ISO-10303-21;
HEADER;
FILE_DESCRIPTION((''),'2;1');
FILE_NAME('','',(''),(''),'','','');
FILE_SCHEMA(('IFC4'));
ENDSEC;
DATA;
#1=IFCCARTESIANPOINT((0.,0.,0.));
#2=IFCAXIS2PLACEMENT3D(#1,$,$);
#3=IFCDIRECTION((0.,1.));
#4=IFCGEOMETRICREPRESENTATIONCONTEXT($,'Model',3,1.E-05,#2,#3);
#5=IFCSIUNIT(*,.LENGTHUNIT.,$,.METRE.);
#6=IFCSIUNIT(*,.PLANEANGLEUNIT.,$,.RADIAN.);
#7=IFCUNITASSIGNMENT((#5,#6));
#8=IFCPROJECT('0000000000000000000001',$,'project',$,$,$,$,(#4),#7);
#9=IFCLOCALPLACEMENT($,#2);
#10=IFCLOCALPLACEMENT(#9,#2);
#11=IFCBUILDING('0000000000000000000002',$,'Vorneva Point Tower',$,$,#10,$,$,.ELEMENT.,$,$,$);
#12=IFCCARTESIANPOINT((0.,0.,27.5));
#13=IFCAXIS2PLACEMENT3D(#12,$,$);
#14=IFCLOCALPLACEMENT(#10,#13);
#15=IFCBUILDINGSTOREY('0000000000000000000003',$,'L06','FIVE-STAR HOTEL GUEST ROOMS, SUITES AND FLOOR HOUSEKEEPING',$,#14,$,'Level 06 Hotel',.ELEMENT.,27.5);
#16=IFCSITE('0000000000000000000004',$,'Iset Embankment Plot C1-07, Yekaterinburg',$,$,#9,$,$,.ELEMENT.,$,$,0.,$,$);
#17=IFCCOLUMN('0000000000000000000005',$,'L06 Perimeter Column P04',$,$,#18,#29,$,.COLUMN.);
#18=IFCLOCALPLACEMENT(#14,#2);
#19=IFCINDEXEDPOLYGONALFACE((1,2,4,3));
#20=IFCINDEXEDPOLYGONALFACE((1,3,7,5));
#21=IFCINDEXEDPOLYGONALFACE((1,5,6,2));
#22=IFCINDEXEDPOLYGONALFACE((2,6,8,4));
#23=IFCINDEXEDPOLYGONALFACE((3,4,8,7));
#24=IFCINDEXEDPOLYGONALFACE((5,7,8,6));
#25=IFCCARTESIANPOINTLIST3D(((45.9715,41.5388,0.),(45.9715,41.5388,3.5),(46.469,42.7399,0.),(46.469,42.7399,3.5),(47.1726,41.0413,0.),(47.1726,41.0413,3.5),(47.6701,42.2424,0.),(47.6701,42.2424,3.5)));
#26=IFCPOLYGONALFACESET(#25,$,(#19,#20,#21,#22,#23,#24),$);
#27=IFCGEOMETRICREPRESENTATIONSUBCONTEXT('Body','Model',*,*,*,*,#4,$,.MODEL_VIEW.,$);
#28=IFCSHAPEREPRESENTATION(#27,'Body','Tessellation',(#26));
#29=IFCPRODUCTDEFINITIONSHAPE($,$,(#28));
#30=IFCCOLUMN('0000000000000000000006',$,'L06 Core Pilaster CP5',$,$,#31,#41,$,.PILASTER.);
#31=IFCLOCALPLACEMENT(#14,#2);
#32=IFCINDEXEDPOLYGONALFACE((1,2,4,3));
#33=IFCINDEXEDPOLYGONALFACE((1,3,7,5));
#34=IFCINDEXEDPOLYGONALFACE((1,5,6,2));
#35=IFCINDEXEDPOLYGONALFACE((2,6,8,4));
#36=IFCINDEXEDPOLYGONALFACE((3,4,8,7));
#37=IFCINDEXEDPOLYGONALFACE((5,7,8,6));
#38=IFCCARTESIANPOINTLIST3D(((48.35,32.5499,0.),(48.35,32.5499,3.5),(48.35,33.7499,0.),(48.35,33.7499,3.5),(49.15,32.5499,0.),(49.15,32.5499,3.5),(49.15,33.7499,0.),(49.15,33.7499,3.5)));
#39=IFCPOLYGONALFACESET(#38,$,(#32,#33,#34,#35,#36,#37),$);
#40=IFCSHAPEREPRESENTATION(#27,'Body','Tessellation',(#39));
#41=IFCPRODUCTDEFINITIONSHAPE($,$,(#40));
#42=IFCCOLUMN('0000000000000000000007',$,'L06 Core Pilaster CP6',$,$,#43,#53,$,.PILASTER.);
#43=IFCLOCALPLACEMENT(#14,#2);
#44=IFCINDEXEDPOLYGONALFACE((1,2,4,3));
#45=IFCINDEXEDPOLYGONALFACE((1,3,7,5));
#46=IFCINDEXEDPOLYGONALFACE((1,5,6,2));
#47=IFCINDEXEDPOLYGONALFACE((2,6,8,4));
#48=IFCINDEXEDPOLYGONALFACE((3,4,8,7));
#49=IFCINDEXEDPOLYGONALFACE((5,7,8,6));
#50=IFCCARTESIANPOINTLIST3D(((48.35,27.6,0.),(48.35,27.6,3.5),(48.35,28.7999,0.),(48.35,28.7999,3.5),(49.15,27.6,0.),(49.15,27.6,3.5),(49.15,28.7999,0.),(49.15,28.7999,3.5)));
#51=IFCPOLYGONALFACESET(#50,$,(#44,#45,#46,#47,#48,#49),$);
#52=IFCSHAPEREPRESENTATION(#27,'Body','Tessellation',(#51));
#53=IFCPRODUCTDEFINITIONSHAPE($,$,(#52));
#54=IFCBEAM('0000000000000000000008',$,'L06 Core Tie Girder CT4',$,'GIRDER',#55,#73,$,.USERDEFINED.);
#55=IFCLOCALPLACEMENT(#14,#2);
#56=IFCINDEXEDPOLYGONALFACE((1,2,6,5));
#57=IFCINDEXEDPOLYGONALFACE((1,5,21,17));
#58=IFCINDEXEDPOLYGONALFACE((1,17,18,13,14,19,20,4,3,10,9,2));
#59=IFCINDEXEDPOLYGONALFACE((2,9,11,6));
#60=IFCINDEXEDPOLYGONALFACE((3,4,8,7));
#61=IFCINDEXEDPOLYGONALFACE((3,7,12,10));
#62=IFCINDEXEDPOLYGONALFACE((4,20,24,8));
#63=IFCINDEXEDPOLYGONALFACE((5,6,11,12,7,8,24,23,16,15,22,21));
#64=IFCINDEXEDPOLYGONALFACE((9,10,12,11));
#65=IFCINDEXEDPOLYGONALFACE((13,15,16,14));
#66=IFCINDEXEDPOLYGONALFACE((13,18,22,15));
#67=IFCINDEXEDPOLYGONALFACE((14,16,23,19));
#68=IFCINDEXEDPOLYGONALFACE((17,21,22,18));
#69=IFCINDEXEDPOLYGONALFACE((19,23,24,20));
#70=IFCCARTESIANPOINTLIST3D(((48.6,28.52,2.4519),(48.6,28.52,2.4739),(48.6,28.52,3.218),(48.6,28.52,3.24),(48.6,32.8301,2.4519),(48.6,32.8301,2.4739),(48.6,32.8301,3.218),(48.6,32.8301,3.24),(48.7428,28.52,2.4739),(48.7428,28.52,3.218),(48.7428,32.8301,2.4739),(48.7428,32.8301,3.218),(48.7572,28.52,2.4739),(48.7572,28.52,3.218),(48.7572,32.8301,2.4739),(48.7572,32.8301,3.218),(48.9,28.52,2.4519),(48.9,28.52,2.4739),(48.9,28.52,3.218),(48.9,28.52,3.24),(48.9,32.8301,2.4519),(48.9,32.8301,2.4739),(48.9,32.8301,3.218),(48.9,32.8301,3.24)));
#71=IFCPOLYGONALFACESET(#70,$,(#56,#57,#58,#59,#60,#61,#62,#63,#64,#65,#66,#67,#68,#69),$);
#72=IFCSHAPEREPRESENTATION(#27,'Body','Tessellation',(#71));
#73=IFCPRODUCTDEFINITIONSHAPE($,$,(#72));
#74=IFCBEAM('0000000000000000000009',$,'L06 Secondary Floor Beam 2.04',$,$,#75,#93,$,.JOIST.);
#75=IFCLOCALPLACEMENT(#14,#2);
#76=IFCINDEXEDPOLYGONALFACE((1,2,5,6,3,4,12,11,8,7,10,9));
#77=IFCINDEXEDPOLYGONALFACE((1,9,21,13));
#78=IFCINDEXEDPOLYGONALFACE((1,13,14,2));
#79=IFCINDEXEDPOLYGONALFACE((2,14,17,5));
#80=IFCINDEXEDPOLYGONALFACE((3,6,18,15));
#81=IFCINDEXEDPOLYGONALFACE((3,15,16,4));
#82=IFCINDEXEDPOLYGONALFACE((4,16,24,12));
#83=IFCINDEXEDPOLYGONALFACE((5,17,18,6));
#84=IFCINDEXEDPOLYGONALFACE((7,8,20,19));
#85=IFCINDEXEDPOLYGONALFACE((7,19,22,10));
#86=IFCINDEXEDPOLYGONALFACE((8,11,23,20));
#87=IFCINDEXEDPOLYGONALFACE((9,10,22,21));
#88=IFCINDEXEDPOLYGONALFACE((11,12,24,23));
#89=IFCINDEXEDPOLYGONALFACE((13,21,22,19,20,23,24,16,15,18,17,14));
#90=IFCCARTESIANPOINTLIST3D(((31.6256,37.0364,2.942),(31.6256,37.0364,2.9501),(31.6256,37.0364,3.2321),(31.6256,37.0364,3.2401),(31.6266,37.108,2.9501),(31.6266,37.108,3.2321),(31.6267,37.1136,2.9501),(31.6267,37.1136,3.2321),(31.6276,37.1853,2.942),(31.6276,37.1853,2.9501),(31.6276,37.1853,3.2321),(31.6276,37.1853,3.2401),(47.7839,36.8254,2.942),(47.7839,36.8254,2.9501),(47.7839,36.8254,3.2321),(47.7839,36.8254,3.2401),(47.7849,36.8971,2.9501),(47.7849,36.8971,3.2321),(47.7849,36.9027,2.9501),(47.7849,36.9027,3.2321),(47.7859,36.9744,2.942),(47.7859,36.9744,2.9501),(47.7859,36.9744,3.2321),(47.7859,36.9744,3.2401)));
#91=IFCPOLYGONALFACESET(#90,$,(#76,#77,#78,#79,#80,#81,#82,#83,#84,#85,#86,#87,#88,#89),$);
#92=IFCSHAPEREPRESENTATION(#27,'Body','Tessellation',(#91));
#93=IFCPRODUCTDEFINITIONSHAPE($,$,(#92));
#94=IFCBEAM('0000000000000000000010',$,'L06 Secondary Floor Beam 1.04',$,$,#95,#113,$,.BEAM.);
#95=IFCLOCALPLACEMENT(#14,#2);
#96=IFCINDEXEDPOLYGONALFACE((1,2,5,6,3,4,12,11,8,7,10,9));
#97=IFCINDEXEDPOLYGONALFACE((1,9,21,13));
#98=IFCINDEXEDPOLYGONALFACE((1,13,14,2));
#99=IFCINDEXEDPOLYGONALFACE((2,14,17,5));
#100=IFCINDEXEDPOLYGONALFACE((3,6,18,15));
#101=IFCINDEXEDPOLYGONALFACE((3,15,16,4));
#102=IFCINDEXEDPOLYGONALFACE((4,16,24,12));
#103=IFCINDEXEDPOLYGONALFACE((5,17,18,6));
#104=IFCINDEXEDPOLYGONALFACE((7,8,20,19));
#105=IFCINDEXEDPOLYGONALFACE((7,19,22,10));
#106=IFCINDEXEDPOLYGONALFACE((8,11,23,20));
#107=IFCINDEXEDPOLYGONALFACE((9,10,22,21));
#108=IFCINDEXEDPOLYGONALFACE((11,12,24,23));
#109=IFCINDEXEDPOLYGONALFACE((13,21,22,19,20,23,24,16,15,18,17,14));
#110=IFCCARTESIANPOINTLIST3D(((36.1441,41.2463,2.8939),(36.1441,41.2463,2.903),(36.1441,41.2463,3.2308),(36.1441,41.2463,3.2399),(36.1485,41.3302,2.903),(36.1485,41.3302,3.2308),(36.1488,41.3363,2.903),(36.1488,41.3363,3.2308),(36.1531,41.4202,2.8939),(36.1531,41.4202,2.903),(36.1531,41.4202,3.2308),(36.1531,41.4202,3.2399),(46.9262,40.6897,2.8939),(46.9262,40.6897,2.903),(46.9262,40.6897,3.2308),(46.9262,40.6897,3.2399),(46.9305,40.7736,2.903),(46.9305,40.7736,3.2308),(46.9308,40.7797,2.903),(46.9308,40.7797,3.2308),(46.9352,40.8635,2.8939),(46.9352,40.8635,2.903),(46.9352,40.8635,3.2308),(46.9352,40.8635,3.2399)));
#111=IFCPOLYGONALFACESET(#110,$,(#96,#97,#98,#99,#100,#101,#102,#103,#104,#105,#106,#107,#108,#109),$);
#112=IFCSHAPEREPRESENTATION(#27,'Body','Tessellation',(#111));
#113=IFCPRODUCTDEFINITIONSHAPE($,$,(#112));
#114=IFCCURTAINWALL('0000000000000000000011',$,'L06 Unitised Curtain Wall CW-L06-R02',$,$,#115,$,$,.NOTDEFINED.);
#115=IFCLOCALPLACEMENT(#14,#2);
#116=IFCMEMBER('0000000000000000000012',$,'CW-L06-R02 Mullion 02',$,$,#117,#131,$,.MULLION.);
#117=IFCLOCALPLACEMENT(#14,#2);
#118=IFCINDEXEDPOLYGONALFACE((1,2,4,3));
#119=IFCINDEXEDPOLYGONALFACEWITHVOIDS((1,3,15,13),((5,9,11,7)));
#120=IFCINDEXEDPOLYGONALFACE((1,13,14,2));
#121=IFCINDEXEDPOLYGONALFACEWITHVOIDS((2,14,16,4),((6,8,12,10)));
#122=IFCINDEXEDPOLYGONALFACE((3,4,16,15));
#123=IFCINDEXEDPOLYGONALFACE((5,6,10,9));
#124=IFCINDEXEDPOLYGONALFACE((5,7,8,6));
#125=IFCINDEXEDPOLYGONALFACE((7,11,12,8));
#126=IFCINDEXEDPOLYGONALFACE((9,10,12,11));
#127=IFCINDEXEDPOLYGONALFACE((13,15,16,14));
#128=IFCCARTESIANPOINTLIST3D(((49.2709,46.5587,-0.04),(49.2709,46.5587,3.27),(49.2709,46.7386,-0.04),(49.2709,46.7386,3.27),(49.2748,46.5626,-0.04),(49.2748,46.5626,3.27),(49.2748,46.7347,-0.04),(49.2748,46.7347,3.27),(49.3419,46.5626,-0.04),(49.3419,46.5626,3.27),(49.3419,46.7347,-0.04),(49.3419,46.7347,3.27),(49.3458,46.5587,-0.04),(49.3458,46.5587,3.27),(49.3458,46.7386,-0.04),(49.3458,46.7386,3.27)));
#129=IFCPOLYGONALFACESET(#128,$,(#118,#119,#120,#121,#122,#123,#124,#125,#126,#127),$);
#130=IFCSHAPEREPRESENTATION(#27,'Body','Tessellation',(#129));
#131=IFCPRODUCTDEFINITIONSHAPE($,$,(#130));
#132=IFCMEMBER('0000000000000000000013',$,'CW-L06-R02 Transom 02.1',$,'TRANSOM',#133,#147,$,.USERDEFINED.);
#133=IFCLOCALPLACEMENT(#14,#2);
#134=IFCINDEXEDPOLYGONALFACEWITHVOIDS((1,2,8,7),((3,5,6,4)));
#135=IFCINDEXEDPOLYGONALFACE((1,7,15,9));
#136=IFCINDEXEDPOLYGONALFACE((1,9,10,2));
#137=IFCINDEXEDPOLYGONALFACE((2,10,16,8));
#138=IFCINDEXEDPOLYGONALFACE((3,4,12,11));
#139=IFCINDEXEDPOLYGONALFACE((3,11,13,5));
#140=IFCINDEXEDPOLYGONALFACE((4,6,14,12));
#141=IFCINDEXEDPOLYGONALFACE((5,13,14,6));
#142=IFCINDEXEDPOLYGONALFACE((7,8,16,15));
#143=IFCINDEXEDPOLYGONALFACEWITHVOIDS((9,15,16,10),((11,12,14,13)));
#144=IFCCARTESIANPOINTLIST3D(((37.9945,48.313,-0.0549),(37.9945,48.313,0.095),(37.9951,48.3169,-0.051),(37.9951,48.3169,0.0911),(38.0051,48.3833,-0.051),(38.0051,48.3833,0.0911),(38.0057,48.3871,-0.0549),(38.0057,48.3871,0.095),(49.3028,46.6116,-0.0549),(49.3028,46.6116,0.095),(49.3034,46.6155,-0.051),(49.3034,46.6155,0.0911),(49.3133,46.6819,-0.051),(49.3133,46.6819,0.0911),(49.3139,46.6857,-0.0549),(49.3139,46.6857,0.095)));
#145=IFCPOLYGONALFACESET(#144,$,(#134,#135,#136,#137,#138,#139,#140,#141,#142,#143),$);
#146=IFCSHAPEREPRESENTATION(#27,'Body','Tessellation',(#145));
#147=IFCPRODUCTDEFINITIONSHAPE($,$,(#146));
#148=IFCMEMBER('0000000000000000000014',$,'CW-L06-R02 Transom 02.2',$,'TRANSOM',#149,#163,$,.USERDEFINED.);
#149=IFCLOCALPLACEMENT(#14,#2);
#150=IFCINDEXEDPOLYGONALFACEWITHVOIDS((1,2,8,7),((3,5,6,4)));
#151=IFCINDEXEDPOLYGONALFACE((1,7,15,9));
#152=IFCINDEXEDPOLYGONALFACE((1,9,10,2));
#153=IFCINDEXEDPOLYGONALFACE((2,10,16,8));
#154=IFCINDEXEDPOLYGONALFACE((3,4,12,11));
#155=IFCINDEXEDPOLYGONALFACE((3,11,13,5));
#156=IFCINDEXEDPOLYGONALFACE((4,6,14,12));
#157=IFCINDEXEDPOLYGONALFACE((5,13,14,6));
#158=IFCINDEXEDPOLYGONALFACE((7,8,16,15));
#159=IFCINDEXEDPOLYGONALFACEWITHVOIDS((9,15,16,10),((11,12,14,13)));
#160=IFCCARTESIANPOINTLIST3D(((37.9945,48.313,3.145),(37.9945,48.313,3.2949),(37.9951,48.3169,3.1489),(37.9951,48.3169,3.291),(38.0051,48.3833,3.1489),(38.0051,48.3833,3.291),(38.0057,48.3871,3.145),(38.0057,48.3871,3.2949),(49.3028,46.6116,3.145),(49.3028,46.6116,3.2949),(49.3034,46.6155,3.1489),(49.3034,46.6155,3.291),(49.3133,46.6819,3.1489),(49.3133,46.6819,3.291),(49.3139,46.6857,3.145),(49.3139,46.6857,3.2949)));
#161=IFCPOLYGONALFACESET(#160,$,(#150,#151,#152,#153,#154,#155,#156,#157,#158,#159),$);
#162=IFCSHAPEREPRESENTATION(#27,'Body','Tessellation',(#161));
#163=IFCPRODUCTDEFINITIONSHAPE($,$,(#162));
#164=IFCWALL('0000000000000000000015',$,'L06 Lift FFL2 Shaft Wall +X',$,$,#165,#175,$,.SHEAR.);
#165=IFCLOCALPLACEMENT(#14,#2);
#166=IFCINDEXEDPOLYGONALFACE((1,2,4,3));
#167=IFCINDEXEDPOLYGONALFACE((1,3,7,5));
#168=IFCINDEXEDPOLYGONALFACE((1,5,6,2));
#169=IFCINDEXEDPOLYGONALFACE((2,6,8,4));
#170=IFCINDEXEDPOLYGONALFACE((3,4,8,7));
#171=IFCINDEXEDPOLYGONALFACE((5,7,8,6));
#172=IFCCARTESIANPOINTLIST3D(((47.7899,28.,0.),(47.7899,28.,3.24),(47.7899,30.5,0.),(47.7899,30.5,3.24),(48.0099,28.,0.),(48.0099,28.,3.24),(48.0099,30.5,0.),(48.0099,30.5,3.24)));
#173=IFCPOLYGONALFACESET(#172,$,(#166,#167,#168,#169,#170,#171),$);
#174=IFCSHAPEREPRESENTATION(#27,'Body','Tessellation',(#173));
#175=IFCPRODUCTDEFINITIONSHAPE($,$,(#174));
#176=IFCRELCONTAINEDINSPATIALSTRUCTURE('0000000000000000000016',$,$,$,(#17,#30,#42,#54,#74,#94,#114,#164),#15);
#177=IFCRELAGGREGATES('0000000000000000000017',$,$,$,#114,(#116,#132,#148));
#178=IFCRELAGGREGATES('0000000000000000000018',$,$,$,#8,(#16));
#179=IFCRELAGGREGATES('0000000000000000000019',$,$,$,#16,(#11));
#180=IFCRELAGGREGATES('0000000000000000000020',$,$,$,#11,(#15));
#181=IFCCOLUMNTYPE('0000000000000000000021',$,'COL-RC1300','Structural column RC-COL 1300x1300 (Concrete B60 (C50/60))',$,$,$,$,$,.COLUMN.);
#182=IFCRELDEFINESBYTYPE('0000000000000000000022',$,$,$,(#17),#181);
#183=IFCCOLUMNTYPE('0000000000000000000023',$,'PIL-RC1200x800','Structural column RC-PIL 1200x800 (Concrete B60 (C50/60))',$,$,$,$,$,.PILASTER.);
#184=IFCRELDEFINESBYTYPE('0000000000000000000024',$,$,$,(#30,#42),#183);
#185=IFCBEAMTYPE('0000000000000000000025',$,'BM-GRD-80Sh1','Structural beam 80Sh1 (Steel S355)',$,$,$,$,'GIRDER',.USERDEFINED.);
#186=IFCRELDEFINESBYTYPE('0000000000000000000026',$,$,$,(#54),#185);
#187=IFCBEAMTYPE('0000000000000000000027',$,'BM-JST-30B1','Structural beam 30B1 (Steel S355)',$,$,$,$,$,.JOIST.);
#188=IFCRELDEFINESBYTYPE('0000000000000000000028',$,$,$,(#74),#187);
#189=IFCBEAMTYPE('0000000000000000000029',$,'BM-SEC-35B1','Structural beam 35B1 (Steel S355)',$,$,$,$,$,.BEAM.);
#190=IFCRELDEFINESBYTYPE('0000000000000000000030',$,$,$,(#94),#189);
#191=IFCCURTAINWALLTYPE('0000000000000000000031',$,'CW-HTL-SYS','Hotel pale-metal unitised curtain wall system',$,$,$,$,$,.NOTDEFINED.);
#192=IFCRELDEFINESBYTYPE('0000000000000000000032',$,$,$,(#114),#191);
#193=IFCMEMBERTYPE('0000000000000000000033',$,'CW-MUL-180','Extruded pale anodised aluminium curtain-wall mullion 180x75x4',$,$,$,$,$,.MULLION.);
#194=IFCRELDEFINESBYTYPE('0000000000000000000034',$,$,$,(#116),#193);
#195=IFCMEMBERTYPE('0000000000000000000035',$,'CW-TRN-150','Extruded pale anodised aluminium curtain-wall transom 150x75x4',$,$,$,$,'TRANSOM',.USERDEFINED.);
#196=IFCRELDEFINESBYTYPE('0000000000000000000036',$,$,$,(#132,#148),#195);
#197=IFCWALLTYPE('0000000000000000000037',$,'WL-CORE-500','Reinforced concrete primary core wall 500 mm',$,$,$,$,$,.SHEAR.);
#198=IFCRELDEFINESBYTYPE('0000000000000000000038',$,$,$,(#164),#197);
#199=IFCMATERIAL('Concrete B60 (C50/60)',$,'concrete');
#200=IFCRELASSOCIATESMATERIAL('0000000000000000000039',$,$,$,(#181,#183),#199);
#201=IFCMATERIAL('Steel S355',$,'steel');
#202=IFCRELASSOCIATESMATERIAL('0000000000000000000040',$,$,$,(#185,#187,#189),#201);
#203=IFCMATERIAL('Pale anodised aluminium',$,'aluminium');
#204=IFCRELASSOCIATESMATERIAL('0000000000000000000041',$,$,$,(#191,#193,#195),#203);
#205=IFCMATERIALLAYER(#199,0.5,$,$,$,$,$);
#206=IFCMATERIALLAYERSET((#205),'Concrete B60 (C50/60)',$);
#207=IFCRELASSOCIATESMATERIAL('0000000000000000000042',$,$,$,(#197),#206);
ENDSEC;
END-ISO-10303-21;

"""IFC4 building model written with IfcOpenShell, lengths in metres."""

from ifc_helpers import new_model, si_unit, direction, frame, frame_2d, origin, origin_2d, place, context, subcontext, project, spatial, rectangle, hollow_rectangle, i_section, extrude, material, layer, layer_set, material_profile, profile_set, type_object, element, aggregate, save


model = new_model("IFC4")

# Units and contexts
model_context = context("Model", 3, precision=1e-05, world=origin(), true_north=direction((0.0, 1.0)))
body_context = subcontext(model_context, "Body", "Model", "MODEL_VIEW")
ifc_project = project(units=[si_unit("LENGTHUNIT", "METRE"), si_unit("PLANEANGLEUNIT", "RADIAN")], contexts=[model_context])

# Site, building, storey
site_placement = place(None, origin())
site = spatial("IfcSite", under=ifc_project, at=site_placement, Name="Iset Embankment Plot C1-07, Yekaterinburg", CompositionType="ELEMENT", RefElevation=0.0)
building_placement = place(site_placement, origin())
building = spatial("IfcBuilding", under=site, at=building_placement, Name="Vorneva Point Tower", CompositionType="ELEMENT")
storey_placement = place(building_placement, frame((0.0, 0.0, 27.5)))
storey = spatial("IfcBuildingStorey", under=building, at=storey_placement, Name="L06", Description="FIVE-STAR HOTEL GUEST ROOMS, SUITES AND FLOOR HOUSEKEEPING", LongName="Level 06 Hotel", CompositionType="ELEMENT", Elevation=27.5)

# Columns
ifc_material_1 = material(Name="Concrete B60 (C50/60)", Category="concrete")
ifc_material_profile_1 = material_profile(ifc_material_1, rectangle(XDim=1.3, YDim=1.3, at=origin_2d()), Name="RC-COL 1300x1300")
ifc_profile_set_1 = profile_set([ifc_material_profile_1], Name="Concrete B60 (C50/60)")
column_type_1 = type_object("IfcColumnType", Name="COL-RC1300", Description="Structural column RC-COL 1300x1300 (Concrete B60 (C50/60))", PredefinedType="COLUMN", material=ifc_profile_set_1)
column_placement = place(storey_placement, frame((46.8208, 41.8906, 0.0), z_axis=(0.0, 0.0, 1.0), x_axis=(0.382683, 0.92388, 0.0)))
element("IfcColumn", 1, at=column_placement, inside=storey, type_object=column_type_1, Name="L06 Perimeter Column P04", PredefinedType="COLUMN", context=body_context, shape_type="SweptSolid", body=[
    extrude(rectangle(XDim=1.3, YDim=1.3, at=origin_2d()), origin(), (0.0, 0.0, 1.0), 3.5),
])
ifc_material_profile_2 = material_profile(ifc_material_1, rectangle(XDim=0.8, YDim=1.2, at=origin_2d()), Name="RC-PIL 1200x800")
ifc_profile_set_2 = profile_set([ifc_material_profile_2], Name="Concrete B60 (C50/60)")
column_type_2 = type_object("IfcColumnType", Name="PIL-RC1200x800", Description="Structural column RC-PIL 1200x800 (Concrete B60 (C50/60))", PredefinedType="PILASTER", material=ifc_profile_set_2)
for number, where, z_axis, x_axis, name in (
    (2, (48.75, 33.1499, 0.0), (0.0, 0.0, 1.0), (1.0, 0.0, 0.0), "L06 Core Pilaster CP5"),
    (3, (48.75, 28.2, 0.0), (0.0, 0.0, 1.0), (1.0, 0.0, 0.0), "L06 Core Pilaster CP6"),
):
    element("IfcColumn", number, at=place(storey_placement, frame(where, z_axis=z_axis, x_axis=x_axis)), inside=storey, type_object=column_type_2, Name=name, PredefinedType="PILASTER", context=body_context, shape_type="SweptSolid", body=[
        extrude(rectangle(XDim=0.8, YDim=1.2, at=origin_2d()), origin(), (0.0, 0.0, 1.0), 3.5),
    ])

# Beams
ifc_material_2 = material(Name="Steel S355", Category="steel")
ifc_material_profile_3 = material_profile(ifc_material_2, i_section(OverallWidth=0.3, OverallDepth=0.7881, WebThickness=0.0144, FlangeThickness=0.022, at=origin_2d()), Name="80Sh1")
ifc_profile_set_3 = profile_set([ifc_material_profile_3], Name="Steel S355")
beam_type_1 = type_object("IfcBeamType", Name="BM-GRD-80Sh1", Description="Structural beam 80Sh1 (Steel S355)", ElementType="GIRDER", PredefinedType="USERDEFINED", material=ifc_profile_set_3)
beam_1_placement = place(storey_placement, frame((48.75, 28.52, 2.8459), z_axis=(0.0, 1.0, 0.0), x_axis=(-1.0, 0.0, 0.0)))
element("IfcBeam", 4, at=beam_1_placement, inside=storey, type_object=beam_type_1, Name="L06 Core Tie Girder CT4", ObjectType="GIRDER", PredefinedType="USERDEFINED", context=body_context, shape_type="SweptSolid", body=[
    extrude(i_section(OverallWidth=0.3, OverallDepth=0.7881, WebThickness=0.0144, FlangeThickness=0.022, at=origin_2d()), origin(), (0.0, 0.0, 1.0), 4.3101),
])
ifc_material_profile_4 = material_profile(ifc_material_2, i_section(OverallWidth=0.1489, OverallDepth=0.2981, WebThickness=0.0056, FlangeThickness=0.0081, at=origin_2d()), Name="30B1")
ifc_profile_set_4 = profile_set([ifc_material_profile_4], Name="Steel S355")
beam_type_2 = type_object("IfcBeamType", Name="BM-JST-30B1", Description="Structural beam 30B1 (Steel S355)", PredefinedType="JOIST", material=ifc_profile_set_4)
beam_2_placement = place(storey_placement, frame((47.7849, 36.8999, 3.0911), z_axis=(-0.999915, 0.013053, 0.0), x_axis=(-0.013053, -0.999915, 0.0)))
element("IfcBeam", 5, at=beam_2_placement, inside=storey, type_object=beam_type_2, Name="L06 Secondary Floor Beam 2.04", PredefinedType="JOIST", context=body_context, shape_type="SweptSolid", body=[
    extrude(i_section(OverallWidth=0.1489, OverallDepth=0.2981, WebThickness=0.0056, FlangeThickness=0.0081, at=origin_2d()), origin(), (0.0, 0.0, 1.0), 16.1597),
])
ifc_material_profile_5 = material_profile(ifc_material_2, i_section(OverallWidth=0.1741, OverallDepth=0.3459, WebThickness=0.0061, FlangeThickness=0.009, at=origin_2d()), Name="35B1")
ifc_profile_set_5 = profile_set([ifc_material_profile_5], Name="Steel S355")
beam_type_3 = type_object("IfcBeamType", Name="BM-SEC-35B1", Description="Structural beam 35B1 (Steel S355)", PredefinedType="BEAM", material=ifc_profile_set_5)
beam_3_placement = place(storey_placement, frame((46.9307, 40.7766, 3.0669), z_axis=(-0.99867, 0.051558, 0.0), x_axis=(-0.051558, -0.99867, 0.0)))
element("IfcBeam", 6, at=beam_3_placement, inside=storey, type_object=beam_type_3, Name="L06 Secondary Floor Beam 1.04", PredefinedType="BEAM", context=body_context, shape_type="SweptSolid", body=[
    extrude(i_section(OverallWidth=0.1741, OverallDepth=0.3459, WebThickness=0.0061, FlangeThickness=0.009, at=origin_2d()), origin(), (0.0, 0.0, 1.0), 10.7964),
])

# Curtain wall, members
ifc_material_3 = material(Name="Pale anodised aluminium", Category="aluminium")
curtain_wall_type = type_object("IfcCurtainWallType", Name="CW-HTL-SYS", Description="Hotel pale-metal unitised curtain wall system", PredefinedType="NOTDEFINED", material=ifc_material_3)
curtain_wall_placement = place(storey_placement, origin())
curtain_wall = element("IfcCurtainWall", 7, at=curtain_wall_placement, inside=storey, type_object=curtain_wall_type, Name="L06 Unitised Curtain Wall CW-L06-R02", PredefinedType="NOTDEFINED")
ifc_material_profile_6 = material_profile(ifc_material_3, hollow_rectangle(XDim=0.075, YDim=0.1799, WallThickness=0.0039, at=origin_2d()), Name="AL-MUL 180x75x4")
ifc_profile_set_6 = profile_set([ifc_material_profile_6], Name="Pale anodised aluminium")
member_type_1 = type_object("IfcMemberType", Name="CW-MUL-180", Description="Extruded pale anodised aluminium curtain-wall mullion 180x75x4", PredefinedType="MULLION", material=ifc_profile_set_6)
member_1_placement = place(storey_placement, frame((49.3083, 46.6487, -0.04), z_axis=(0.0, 0.0, 1.0), x_axis=(1.0, 0.0, 0.0)))
member_1 = element("IfcMember", 8, at=member_1_placement, type_object=member_type_1, Name="CW-L06-R02 Mullion 02", PredefinedType="MULLION", context=body_context, shape_type="SweptSolid", body=[
    extrude(hollow_rectangle(XDim=0.075, YDim=0.1799, WallThickness=0.0039, at=origin_2d()), origin(), (0.0, 0.0, 1.0), 3.3101),
])
ifc_material_profile_7 = material_profile(ifc_material_3, hollow_rectangle(XDim=0.075, YDim=0.1499, WallThickness=0.0039, at=origin_2d()), Name="AL-TRN 150x75x4")
ifc_profile_set_7 = profile_set([ifc_material_profile_7], Name="Pale anodised aluminium")
member_type_2 = type_object("IfcMemberType", Name="CW-TRN-150", Description="Extruded pale anodised aluminium curtain-wall transom 150x75x4", ElementType="TRANSOM", PredefinedType="USERDEFINED", material=ifc_profile_set_7)
member_2_placement = place(storey_placement, frame((49.3083, 46.6487, 0.02), z_axis=(-0.98887, 0.148782, 0.0), x_axis=(-0.148782, -0.98887, 0.0)))
member_2 = element("IfcMember", 9, at=member_2_placement, type_object=member_type_2, Name="CW-L06-R02 Transom 02.1", ObjectType="TRANSOM", PredefinedType="USERDEFINED", context=body_context, shape_type="SweptSolid", body=[
    extrude(hollow_rectangle(XDim=0.075, YDim=0.1499, WallThickness=0.0039, at=origin_2d()), origin(), (0.0, 0.0, 1.0), 11.4355),
])
member_3_placement = place(storey_placement, frame((49.3083, 46.6487, 3.22), z_axis=(-0.98887, 0.148782, 0.0), x_axis=(-0.148782, -0.98887, 0.0)))
member_3 = element("IfcMember", 10, at=member_3_placement, type_object=member_type_2, Name="CW-L06-R02 Transom 02.2", ObjectType="TRANSOM", PredefinedType="USERDEFINED", context=body_context, shape_type="SweptSolid", body=[
    extrude(hollow_rectangle(XDim=0.075, YDim=0.1499, WallThickness=0.0039, at=origin_2d()), origin(), (0.0, 0.0, 1.0), 11.4355),
])
aggregate(curtain_wall, [member_1, member_2, member_3])

# Wall
ifc_layer_1 = layer(ifc_material_1, 0.5)
ifc_layer_set_1 = layer_set([ifc_layer_1], Name="Concrete B60 (C50/60)")
wall_type_1 = type_object("IfcWallType", Name="WL-CORE-500", Description="Reinforced concrete primary core wall 500 mm", PredefinedType="SHEAR", material=ifc_layer_set_1)
wall_1_placement = place(storey_placement, frame((47.8999, 28.0, 0.0), z_axis=(0.0, 0.0, 1.0), x_axis=(0.0, 1.0, 0.0)))
element("IfcWall", 11, at=wall_1_placement, inside=storey, type_object=wall_type_1, Name="L06 Lift FFL2 Shaft Wall +X", PredefinedType="SHEAR", context=body_context, shape_type="SweptSolid", body=[
    extrude(rectangle(XDim=2.5, YDim=0.22, at=frame_2d((1.25, 0.0))), origin(), (0.0, 0.0, 1.0), 3.24),
])

save(model, "model.ifc")
